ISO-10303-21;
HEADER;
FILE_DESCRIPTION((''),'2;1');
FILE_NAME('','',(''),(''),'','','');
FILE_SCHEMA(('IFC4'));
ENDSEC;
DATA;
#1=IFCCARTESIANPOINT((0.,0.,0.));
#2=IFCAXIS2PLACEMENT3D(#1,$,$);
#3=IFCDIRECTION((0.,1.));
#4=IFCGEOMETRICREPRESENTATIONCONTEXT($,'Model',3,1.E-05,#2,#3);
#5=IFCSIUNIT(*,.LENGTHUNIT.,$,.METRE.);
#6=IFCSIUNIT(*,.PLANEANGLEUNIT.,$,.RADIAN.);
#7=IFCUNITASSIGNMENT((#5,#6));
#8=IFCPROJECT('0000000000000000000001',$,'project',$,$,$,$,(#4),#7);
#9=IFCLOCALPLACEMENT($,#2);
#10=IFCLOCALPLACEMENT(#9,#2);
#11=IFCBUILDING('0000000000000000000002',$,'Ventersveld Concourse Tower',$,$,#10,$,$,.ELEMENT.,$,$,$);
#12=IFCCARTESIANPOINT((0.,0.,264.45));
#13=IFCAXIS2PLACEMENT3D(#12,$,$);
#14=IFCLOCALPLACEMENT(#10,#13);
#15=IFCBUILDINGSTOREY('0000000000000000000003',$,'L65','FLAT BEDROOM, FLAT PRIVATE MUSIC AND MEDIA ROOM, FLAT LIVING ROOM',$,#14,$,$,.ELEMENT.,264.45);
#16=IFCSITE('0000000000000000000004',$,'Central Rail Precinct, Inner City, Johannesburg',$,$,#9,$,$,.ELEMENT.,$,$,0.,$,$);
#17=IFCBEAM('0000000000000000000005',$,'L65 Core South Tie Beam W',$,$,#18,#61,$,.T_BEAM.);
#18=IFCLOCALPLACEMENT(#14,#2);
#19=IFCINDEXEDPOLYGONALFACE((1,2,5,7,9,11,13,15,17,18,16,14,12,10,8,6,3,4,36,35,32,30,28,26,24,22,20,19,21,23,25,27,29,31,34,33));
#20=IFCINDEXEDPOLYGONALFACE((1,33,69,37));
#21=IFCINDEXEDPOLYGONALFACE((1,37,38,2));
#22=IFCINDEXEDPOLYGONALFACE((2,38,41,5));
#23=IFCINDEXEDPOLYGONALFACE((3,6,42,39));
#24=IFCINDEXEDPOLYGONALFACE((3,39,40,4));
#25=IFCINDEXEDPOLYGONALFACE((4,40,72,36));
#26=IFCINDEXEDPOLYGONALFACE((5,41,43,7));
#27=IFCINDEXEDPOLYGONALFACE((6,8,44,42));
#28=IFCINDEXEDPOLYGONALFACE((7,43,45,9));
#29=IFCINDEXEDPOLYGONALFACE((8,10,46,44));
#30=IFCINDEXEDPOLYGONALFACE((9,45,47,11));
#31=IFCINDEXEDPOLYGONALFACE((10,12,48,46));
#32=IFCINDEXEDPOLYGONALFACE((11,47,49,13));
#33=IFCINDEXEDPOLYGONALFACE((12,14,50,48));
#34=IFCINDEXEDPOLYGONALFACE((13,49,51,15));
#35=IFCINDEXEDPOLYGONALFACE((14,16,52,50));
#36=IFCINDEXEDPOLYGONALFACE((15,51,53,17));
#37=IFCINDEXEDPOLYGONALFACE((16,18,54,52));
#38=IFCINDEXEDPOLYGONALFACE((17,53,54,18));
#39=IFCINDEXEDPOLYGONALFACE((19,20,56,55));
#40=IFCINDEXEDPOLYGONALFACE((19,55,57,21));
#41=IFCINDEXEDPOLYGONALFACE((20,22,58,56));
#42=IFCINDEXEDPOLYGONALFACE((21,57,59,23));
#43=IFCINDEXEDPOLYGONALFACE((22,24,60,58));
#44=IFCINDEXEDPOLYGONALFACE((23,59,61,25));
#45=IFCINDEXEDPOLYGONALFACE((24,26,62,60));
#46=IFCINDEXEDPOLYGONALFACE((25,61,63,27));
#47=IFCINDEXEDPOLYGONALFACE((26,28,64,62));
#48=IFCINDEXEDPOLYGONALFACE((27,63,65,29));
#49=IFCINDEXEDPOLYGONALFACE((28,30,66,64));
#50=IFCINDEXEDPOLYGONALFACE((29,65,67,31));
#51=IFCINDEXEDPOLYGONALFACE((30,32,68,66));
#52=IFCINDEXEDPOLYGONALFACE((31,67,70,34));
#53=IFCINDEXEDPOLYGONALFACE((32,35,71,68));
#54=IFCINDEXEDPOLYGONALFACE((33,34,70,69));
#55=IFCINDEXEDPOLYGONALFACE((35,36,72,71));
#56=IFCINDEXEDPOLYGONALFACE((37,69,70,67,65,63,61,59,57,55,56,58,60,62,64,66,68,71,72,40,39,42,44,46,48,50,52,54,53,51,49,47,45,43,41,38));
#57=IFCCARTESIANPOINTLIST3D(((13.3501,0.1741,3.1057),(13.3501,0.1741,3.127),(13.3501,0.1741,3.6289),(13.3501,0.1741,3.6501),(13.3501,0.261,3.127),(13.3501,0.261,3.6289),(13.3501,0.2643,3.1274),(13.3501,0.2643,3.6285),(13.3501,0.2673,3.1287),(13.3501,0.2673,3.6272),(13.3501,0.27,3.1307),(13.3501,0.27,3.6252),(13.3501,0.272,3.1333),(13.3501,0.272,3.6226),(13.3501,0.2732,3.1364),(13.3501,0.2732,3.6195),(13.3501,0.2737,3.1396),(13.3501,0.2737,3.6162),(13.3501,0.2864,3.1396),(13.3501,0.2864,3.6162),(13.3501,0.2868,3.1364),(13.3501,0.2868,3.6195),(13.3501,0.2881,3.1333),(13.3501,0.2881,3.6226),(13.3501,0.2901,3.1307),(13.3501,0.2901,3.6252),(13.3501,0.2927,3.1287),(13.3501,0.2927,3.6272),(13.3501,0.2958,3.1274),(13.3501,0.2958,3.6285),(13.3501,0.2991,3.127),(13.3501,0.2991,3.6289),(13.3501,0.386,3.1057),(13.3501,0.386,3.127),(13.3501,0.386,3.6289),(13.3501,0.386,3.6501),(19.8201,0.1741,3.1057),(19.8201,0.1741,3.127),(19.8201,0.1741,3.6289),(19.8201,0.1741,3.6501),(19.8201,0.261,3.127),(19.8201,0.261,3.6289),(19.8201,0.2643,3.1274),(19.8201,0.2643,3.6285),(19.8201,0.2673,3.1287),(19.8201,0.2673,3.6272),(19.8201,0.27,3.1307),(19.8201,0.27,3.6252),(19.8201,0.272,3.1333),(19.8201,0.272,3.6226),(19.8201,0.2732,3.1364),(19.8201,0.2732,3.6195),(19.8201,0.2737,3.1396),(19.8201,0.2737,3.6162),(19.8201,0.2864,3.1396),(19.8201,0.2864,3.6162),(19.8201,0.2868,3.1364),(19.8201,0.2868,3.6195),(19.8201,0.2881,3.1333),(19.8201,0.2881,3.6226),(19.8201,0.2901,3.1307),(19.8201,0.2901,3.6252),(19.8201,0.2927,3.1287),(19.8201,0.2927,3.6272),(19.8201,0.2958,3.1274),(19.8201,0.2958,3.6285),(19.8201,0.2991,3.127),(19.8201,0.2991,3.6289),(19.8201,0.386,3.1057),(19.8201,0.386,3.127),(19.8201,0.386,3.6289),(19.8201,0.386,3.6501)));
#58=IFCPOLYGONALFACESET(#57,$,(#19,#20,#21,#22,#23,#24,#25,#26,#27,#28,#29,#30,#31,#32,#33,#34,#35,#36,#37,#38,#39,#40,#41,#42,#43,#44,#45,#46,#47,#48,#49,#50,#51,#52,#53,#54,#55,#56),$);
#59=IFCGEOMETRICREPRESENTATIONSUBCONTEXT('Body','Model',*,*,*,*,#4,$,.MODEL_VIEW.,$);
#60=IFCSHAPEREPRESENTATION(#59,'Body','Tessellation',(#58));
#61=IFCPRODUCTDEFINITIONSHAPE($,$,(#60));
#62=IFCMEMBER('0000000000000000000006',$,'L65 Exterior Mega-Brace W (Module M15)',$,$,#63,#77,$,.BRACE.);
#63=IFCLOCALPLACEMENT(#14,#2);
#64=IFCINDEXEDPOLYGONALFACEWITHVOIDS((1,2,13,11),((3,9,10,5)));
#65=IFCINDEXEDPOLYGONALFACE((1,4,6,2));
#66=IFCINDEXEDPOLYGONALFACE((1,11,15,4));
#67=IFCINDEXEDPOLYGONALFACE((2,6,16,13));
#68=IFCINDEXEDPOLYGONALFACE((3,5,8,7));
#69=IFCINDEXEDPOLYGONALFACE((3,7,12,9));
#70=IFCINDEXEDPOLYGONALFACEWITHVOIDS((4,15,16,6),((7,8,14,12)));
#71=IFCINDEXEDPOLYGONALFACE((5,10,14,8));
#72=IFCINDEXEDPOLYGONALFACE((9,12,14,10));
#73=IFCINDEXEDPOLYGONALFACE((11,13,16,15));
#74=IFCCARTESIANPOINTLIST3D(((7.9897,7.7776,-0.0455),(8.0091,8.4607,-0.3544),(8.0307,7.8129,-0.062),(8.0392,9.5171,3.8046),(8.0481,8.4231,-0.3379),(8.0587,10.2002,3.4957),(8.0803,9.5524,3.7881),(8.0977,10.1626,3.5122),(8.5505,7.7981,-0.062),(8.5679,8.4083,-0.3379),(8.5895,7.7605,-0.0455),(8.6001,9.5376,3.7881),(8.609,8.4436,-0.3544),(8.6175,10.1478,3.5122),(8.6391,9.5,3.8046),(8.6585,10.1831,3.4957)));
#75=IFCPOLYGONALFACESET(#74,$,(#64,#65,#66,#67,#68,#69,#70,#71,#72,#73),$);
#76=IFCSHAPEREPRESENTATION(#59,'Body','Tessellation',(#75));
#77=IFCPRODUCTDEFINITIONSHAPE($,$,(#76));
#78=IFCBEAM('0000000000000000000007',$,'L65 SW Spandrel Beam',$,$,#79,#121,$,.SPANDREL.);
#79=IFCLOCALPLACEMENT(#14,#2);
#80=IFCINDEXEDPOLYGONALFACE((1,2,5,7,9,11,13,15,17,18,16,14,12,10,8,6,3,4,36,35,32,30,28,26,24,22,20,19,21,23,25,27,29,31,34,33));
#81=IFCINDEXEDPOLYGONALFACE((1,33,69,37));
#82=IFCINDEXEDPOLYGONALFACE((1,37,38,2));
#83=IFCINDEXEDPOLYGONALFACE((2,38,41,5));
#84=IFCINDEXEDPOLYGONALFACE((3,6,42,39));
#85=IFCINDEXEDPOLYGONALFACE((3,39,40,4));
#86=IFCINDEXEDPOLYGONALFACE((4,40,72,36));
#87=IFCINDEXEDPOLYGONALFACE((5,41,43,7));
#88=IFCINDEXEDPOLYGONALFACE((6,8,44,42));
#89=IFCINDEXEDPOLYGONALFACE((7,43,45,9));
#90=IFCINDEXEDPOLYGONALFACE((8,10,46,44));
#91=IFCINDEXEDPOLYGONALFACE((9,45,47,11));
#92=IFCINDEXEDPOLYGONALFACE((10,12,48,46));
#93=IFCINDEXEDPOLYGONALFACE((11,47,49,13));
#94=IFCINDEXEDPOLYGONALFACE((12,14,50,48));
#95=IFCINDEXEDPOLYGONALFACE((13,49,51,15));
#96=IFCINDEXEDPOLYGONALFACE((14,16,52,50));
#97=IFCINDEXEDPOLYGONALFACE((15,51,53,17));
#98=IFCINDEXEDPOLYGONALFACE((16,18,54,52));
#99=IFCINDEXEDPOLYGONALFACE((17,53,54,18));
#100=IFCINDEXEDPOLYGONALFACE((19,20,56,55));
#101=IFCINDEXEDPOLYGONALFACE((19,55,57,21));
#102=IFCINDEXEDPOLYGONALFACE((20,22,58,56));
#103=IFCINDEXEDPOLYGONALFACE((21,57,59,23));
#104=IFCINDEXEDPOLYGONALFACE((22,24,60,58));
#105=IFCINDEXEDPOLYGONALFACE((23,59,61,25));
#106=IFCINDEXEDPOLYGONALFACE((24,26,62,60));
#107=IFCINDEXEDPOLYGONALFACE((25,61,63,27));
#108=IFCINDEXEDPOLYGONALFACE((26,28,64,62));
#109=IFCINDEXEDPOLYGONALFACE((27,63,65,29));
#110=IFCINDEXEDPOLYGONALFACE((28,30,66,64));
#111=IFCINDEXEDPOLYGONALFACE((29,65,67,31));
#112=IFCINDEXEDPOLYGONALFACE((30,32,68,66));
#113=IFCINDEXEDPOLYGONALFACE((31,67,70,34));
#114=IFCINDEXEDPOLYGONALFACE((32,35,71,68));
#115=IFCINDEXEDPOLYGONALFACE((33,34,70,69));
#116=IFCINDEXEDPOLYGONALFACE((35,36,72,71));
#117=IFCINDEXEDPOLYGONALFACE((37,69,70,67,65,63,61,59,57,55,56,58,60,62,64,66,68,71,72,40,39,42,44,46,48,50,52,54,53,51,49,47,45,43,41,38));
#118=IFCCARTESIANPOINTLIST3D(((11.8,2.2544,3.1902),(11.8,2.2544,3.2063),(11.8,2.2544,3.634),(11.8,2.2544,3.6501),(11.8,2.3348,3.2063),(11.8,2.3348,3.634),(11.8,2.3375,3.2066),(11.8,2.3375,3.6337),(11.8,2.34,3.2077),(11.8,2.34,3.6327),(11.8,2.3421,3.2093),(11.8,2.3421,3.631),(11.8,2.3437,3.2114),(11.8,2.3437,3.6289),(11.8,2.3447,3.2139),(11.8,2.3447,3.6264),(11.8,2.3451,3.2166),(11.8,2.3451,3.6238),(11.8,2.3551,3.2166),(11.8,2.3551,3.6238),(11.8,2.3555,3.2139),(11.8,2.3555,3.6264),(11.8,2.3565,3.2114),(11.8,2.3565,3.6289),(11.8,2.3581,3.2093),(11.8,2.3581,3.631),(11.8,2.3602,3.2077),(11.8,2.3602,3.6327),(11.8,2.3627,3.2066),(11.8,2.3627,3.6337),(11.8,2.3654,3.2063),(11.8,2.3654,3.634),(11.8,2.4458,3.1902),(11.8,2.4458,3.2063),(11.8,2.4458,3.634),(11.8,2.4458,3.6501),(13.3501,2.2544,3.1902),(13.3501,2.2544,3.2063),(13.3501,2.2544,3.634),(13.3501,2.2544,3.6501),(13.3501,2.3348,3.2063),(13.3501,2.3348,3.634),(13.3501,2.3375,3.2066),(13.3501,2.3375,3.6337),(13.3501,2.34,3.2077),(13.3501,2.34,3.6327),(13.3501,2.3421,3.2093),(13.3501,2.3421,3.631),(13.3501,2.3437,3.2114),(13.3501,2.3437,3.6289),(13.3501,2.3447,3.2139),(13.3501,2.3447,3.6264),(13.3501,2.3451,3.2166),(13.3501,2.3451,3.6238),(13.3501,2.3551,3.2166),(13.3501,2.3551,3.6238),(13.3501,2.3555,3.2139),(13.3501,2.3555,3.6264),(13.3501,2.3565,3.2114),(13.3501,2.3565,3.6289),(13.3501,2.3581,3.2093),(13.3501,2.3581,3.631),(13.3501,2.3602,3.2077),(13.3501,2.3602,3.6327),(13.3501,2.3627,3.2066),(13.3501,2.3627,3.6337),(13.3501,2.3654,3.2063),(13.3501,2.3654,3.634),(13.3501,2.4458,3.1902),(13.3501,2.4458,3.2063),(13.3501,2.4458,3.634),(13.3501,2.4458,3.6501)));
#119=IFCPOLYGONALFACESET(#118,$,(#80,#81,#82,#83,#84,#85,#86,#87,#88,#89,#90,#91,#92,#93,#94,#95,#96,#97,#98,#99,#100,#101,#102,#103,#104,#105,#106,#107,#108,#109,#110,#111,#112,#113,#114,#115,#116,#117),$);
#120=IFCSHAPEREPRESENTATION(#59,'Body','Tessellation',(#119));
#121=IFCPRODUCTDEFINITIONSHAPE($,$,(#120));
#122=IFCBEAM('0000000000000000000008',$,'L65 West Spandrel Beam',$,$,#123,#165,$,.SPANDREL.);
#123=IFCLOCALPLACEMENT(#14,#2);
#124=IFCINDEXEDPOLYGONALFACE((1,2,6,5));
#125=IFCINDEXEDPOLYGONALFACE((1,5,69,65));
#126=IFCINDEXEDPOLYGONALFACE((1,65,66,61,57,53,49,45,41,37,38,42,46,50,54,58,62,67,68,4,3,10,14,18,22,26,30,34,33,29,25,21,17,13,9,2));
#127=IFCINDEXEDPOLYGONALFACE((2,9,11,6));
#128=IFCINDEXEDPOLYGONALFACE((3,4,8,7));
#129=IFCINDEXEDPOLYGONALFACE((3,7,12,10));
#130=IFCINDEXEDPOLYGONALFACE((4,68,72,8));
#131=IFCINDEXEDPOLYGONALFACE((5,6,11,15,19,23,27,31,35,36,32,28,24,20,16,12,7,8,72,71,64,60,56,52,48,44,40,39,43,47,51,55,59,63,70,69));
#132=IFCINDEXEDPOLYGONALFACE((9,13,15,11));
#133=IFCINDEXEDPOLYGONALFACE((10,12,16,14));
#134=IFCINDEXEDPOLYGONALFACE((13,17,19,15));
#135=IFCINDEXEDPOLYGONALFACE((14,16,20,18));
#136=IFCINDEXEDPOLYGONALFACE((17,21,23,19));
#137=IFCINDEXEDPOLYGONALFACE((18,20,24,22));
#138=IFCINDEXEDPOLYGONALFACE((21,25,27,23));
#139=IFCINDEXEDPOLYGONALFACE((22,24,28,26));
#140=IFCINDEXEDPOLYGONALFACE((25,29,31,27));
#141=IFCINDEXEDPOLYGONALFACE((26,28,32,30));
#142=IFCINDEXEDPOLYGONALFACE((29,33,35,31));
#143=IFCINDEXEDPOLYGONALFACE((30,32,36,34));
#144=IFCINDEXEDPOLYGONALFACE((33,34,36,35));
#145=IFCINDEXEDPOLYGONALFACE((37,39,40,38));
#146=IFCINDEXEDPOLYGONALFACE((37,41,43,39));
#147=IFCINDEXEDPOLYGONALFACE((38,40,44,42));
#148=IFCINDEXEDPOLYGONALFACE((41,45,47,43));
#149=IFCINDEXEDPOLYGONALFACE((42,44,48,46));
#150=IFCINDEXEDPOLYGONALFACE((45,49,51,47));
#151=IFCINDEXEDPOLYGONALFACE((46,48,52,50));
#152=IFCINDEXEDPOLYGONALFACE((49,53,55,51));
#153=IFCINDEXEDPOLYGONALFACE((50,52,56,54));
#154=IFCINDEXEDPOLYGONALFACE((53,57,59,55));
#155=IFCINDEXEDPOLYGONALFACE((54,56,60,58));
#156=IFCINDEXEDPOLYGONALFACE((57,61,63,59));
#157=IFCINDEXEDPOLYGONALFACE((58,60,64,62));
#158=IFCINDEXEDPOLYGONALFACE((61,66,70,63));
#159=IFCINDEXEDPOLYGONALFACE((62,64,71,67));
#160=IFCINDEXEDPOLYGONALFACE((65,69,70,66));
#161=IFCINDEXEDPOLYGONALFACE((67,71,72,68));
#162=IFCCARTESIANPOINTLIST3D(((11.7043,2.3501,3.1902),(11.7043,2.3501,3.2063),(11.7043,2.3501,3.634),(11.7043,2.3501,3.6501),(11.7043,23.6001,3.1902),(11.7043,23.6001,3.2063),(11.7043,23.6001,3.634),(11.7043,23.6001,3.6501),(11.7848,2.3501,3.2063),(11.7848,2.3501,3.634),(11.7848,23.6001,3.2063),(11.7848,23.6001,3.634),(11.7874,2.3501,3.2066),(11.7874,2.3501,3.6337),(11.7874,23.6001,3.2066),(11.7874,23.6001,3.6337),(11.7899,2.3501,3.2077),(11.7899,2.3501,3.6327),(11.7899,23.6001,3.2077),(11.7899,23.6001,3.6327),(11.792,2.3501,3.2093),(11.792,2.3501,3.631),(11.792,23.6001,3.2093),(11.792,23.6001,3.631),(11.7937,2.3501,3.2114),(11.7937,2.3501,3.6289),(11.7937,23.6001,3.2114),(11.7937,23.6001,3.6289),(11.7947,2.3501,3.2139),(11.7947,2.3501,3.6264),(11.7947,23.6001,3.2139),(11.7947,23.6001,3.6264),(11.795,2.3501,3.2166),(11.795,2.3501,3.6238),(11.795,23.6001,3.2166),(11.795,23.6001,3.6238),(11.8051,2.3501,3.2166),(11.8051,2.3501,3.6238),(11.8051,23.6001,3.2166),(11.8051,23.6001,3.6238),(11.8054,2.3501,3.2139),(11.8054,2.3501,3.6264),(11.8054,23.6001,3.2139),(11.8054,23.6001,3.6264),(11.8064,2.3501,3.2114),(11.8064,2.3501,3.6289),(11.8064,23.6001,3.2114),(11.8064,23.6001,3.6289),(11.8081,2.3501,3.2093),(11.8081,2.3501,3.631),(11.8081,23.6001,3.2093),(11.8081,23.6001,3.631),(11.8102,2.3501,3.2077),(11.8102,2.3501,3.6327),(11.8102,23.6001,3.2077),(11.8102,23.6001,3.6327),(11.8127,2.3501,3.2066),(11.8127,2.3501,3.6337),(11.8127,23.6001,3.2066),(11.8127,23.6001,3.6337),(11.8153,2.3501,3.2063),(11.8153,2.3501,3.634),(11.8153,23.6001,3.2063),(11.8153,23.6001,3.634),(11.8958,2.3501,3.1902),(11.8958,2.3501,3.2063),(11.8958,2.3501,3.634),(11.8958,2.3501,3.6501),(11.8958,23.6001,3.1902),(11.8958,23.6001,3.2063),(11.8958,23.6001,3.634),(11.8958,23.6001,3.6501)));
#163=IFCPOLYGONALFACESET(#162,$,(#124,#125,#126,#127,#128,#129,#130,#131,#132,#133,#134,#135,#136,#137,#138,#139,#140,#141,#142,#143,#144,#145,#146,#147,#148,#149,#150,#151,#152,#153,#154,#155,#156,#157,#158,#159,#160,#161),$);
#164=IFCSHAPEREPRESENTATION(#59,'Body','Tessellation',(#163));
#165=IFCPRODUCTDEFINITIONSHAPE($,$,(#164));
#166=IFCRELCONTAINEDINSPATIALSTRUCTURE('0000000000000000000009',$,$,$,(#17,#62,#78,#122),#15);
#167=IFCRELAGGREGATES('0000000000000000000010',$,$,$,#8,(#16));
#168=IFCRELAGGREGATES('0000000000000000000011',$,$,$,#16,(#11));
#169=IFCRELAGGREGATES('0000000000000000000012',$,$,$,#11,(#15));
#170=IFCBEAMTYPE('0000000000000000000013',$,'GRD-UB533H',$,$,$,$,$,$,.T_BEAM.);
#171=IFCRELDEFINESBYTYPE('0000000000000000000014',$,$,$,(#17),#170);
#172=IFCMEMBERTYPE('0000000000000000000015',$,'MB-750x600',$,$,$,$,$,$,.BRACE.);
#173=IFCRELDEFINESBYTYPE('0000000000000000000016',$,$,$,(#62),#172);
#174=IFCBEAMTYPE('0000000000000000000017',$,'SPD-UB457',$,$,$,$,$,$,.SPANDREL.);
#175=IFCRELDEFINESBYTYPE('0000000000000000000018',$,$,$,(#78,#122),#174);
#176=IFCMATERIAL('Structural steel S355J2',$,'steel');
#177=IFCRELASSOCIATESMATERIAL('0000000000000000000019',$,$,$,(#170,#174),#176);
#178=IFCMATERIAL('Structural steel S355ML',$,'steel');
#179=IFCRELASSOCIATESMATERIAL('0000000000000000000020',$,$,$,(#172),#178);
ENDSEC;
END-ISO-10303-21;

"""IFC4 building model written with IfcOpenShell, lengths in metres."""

from ifc_helpers import new_model, si_unit, direction, frame, origin, origin_2d, place, context, subcontext, project, spatial, hollow_rectangle, i_section, extrude, material, material_profile, profile_set, type_object, element, save


model = new_model("IFC4")

# Units and contexts
model_context = context("Model", 3, precision=1e-05, world=origin(), true_north=direction((0.0, 1.0)))
body_context = subcontext(model_context, "Body", "Model", "MODEL_VIEW")
ifc_project = project(units=[si_unit("LENGTHUNIT", "METRE"), si_unit("PLANEANGLEUNIT", "RADIAN")], contexts=[model_context])

# Site, building, storey
site_placement = place(None, origin())
site = spatial("IfcSite", under=ifc_project, at=site_placement, Name="Central Rail Precinct, Inner City, Johannesburg", CompositionType="ELEMENT", RefElevation=0.0)
building_placement = place(site_placement, origin())
building = spatial("IfcBuilding", under=site, at=building_placement, Name="Ventersveld Concourse Tower", CompositionType="ELEMENT")
storey_placement = place(building_placement, frame((0.0, 0.0, 264.45)))
storey = spatial("IfcBuildingStorey", under=building, at=storey_placement, Name="L65", Description="FLAT BEDROOM, FLAT PRIVATE MUSIC AND MEDIA ROOM, FLAT LIVING ROOM", CompositionType="ELEMENT", Elevation=264.45)

# Beam
ifc_material_1 = material(Name="Structural steel S355J2", Category="steel")
ifc_material_profile_1 = material_profile(ifc_material_1, i_section(OverallWidth=0.2119, OverallDepth=0.5444, WebThickness=0.0127, FlangeThickness=0.0212, FilletRadius=0.0127, at=origin_2d()), Name="UB 533x210x122")
ifc_profile_set_1 = profile_set([ifc_material_profile_1], Name="Structural steel S355J2")
beam_type_1 = type_object("IfcBeamType", Name="GRD-UB533H", PredefinedType="T_BEAM", material=ifc_profile_set_1)
beam_1_placement = place(storey_placement, frame((13.3501, 0.28, 3.3779), z_axis=(1.0, 0.0, 0.0), x_axis=(0.0, 1.0, 0.0)))
element("IfcBeam", 1, at=beam_1_placement, inside=storey, type_object=beam_type_1, Name="L65 Core South Tie Beam W", PredefinedType="T_BEAM", context=body_context, shape_type="SweptSolid", body=[
    extrude(i_section(OverallWidth=0.2119, OverallDepth=0.5444, WebThickness=0.0127, FlangeThickness=0.0212, FilletRadius=0.0127, at=origin_2d()), origin(), (0.0, 0.0, 1.0), 6.47),
])

# Member
ifc_material_2 = material(Name="Structural steel S355ML", Category="steel")
ifc_material_profile_2 = material_profile(ifc_material_2, hollow_rectangle(XDim=0.6001, YDim=0.75, WallThickness=0.04, at=origin_2d()), Name="BOX 750x600x40")
ifc_profile_set_2 = profile_set([ifc_material_profile_2], Name="Structural steel S355ML")
member_type = type_object("IfcMemberType", Name="MB-750x600", PredefinedType="BRACE", material=ifc_profile_set_2)
member_placement = place(storey_placement, frame((8.2993, 8.1106, -0.2), z_axis=(0.01173, 0.411705, 0.911241), x_axis=(-0.999594, 0.02848, 0.0)))
element("IfcMember", 2, at=member_placement, inside=storey, type_object=member_type, Name="L65 Exterior Mega-Brace W (Module M15)", PredefinedType="BRACE", context=body_context, shape_type="SweptSolid", body=[
    extrude(hollow_rectangle(XDim=0.6001, YDim=0.75, WallThickness=0.04, at=origin_2d()), origin(), (0.0, 0.0, 1.0), 4.2251),
])

# Beams
ifc_material_profile_3 = material_profile(ifc_material_1, i_section(OverallWidth=0.1914, OverallDepth=0.46, WebThickness=0.01, FlangeThickness=0.0161, FilletRadius=0.0103, at=origin_2d()), Name="UB 457x191x82")
ifc_profile_set_3 = profile_set([ifc_material_profile_3], Name="Structural steel S355J2")
beam_type_2 = type_object("IfcBeamType", Name="SPD-UB457", PredefinedType="SPANDREL", material=ifc_profile_set_3)
beam_2_placement = place(storey_placement, frame((11.8, 2.3501, 3.4202), z_axis=(1.0, 0.0, 0.0), x_axis=(0.0, 1.0, 0.0)))
element("IfcBeam", 3, at=beam_2_placement, inside=storey, type_object=beam_type_2, Name="L65 SW Spandrel Beam", PredefinedType="SPANDREL", context=body_context, shape_type="SweptSolid", body=[
    extrude(i_section(OverallWidth=0.1914, OverallDepth=0.46, WebThickness=0.01, FlangeThickness=0.0161, FilletRadius=0.0103, at=origin_2d()), origin(), (0.0, 0.0, 1.0), 1.55),
])
beam_3_placement = place(storey_placement, frame((11.8, 2.3501, 3.4202), z_axis=(0.0, 1.0, 0.0), x_axis=(-1.0, 0.0, 0.0)))
element("IfcBeam", 4, at=beam_3_placement, inside=storey, type_object=beam_type_2, Name="L65 West Spandrel Beam", PredefinedType="SPANDREL", context=body_context, shape_type="SweptSolid", body=[
    extrude(i_section(OverallWidth=0.1914, OverallDepth=0.46, WebThickness=0.01, FlangeThickness=0.0161, FilletRadius=0.0103, at=origin_2d()), origin(), (0.0, 0.0, 1.0), 21.25),
])

save(model, "model.ifc")
